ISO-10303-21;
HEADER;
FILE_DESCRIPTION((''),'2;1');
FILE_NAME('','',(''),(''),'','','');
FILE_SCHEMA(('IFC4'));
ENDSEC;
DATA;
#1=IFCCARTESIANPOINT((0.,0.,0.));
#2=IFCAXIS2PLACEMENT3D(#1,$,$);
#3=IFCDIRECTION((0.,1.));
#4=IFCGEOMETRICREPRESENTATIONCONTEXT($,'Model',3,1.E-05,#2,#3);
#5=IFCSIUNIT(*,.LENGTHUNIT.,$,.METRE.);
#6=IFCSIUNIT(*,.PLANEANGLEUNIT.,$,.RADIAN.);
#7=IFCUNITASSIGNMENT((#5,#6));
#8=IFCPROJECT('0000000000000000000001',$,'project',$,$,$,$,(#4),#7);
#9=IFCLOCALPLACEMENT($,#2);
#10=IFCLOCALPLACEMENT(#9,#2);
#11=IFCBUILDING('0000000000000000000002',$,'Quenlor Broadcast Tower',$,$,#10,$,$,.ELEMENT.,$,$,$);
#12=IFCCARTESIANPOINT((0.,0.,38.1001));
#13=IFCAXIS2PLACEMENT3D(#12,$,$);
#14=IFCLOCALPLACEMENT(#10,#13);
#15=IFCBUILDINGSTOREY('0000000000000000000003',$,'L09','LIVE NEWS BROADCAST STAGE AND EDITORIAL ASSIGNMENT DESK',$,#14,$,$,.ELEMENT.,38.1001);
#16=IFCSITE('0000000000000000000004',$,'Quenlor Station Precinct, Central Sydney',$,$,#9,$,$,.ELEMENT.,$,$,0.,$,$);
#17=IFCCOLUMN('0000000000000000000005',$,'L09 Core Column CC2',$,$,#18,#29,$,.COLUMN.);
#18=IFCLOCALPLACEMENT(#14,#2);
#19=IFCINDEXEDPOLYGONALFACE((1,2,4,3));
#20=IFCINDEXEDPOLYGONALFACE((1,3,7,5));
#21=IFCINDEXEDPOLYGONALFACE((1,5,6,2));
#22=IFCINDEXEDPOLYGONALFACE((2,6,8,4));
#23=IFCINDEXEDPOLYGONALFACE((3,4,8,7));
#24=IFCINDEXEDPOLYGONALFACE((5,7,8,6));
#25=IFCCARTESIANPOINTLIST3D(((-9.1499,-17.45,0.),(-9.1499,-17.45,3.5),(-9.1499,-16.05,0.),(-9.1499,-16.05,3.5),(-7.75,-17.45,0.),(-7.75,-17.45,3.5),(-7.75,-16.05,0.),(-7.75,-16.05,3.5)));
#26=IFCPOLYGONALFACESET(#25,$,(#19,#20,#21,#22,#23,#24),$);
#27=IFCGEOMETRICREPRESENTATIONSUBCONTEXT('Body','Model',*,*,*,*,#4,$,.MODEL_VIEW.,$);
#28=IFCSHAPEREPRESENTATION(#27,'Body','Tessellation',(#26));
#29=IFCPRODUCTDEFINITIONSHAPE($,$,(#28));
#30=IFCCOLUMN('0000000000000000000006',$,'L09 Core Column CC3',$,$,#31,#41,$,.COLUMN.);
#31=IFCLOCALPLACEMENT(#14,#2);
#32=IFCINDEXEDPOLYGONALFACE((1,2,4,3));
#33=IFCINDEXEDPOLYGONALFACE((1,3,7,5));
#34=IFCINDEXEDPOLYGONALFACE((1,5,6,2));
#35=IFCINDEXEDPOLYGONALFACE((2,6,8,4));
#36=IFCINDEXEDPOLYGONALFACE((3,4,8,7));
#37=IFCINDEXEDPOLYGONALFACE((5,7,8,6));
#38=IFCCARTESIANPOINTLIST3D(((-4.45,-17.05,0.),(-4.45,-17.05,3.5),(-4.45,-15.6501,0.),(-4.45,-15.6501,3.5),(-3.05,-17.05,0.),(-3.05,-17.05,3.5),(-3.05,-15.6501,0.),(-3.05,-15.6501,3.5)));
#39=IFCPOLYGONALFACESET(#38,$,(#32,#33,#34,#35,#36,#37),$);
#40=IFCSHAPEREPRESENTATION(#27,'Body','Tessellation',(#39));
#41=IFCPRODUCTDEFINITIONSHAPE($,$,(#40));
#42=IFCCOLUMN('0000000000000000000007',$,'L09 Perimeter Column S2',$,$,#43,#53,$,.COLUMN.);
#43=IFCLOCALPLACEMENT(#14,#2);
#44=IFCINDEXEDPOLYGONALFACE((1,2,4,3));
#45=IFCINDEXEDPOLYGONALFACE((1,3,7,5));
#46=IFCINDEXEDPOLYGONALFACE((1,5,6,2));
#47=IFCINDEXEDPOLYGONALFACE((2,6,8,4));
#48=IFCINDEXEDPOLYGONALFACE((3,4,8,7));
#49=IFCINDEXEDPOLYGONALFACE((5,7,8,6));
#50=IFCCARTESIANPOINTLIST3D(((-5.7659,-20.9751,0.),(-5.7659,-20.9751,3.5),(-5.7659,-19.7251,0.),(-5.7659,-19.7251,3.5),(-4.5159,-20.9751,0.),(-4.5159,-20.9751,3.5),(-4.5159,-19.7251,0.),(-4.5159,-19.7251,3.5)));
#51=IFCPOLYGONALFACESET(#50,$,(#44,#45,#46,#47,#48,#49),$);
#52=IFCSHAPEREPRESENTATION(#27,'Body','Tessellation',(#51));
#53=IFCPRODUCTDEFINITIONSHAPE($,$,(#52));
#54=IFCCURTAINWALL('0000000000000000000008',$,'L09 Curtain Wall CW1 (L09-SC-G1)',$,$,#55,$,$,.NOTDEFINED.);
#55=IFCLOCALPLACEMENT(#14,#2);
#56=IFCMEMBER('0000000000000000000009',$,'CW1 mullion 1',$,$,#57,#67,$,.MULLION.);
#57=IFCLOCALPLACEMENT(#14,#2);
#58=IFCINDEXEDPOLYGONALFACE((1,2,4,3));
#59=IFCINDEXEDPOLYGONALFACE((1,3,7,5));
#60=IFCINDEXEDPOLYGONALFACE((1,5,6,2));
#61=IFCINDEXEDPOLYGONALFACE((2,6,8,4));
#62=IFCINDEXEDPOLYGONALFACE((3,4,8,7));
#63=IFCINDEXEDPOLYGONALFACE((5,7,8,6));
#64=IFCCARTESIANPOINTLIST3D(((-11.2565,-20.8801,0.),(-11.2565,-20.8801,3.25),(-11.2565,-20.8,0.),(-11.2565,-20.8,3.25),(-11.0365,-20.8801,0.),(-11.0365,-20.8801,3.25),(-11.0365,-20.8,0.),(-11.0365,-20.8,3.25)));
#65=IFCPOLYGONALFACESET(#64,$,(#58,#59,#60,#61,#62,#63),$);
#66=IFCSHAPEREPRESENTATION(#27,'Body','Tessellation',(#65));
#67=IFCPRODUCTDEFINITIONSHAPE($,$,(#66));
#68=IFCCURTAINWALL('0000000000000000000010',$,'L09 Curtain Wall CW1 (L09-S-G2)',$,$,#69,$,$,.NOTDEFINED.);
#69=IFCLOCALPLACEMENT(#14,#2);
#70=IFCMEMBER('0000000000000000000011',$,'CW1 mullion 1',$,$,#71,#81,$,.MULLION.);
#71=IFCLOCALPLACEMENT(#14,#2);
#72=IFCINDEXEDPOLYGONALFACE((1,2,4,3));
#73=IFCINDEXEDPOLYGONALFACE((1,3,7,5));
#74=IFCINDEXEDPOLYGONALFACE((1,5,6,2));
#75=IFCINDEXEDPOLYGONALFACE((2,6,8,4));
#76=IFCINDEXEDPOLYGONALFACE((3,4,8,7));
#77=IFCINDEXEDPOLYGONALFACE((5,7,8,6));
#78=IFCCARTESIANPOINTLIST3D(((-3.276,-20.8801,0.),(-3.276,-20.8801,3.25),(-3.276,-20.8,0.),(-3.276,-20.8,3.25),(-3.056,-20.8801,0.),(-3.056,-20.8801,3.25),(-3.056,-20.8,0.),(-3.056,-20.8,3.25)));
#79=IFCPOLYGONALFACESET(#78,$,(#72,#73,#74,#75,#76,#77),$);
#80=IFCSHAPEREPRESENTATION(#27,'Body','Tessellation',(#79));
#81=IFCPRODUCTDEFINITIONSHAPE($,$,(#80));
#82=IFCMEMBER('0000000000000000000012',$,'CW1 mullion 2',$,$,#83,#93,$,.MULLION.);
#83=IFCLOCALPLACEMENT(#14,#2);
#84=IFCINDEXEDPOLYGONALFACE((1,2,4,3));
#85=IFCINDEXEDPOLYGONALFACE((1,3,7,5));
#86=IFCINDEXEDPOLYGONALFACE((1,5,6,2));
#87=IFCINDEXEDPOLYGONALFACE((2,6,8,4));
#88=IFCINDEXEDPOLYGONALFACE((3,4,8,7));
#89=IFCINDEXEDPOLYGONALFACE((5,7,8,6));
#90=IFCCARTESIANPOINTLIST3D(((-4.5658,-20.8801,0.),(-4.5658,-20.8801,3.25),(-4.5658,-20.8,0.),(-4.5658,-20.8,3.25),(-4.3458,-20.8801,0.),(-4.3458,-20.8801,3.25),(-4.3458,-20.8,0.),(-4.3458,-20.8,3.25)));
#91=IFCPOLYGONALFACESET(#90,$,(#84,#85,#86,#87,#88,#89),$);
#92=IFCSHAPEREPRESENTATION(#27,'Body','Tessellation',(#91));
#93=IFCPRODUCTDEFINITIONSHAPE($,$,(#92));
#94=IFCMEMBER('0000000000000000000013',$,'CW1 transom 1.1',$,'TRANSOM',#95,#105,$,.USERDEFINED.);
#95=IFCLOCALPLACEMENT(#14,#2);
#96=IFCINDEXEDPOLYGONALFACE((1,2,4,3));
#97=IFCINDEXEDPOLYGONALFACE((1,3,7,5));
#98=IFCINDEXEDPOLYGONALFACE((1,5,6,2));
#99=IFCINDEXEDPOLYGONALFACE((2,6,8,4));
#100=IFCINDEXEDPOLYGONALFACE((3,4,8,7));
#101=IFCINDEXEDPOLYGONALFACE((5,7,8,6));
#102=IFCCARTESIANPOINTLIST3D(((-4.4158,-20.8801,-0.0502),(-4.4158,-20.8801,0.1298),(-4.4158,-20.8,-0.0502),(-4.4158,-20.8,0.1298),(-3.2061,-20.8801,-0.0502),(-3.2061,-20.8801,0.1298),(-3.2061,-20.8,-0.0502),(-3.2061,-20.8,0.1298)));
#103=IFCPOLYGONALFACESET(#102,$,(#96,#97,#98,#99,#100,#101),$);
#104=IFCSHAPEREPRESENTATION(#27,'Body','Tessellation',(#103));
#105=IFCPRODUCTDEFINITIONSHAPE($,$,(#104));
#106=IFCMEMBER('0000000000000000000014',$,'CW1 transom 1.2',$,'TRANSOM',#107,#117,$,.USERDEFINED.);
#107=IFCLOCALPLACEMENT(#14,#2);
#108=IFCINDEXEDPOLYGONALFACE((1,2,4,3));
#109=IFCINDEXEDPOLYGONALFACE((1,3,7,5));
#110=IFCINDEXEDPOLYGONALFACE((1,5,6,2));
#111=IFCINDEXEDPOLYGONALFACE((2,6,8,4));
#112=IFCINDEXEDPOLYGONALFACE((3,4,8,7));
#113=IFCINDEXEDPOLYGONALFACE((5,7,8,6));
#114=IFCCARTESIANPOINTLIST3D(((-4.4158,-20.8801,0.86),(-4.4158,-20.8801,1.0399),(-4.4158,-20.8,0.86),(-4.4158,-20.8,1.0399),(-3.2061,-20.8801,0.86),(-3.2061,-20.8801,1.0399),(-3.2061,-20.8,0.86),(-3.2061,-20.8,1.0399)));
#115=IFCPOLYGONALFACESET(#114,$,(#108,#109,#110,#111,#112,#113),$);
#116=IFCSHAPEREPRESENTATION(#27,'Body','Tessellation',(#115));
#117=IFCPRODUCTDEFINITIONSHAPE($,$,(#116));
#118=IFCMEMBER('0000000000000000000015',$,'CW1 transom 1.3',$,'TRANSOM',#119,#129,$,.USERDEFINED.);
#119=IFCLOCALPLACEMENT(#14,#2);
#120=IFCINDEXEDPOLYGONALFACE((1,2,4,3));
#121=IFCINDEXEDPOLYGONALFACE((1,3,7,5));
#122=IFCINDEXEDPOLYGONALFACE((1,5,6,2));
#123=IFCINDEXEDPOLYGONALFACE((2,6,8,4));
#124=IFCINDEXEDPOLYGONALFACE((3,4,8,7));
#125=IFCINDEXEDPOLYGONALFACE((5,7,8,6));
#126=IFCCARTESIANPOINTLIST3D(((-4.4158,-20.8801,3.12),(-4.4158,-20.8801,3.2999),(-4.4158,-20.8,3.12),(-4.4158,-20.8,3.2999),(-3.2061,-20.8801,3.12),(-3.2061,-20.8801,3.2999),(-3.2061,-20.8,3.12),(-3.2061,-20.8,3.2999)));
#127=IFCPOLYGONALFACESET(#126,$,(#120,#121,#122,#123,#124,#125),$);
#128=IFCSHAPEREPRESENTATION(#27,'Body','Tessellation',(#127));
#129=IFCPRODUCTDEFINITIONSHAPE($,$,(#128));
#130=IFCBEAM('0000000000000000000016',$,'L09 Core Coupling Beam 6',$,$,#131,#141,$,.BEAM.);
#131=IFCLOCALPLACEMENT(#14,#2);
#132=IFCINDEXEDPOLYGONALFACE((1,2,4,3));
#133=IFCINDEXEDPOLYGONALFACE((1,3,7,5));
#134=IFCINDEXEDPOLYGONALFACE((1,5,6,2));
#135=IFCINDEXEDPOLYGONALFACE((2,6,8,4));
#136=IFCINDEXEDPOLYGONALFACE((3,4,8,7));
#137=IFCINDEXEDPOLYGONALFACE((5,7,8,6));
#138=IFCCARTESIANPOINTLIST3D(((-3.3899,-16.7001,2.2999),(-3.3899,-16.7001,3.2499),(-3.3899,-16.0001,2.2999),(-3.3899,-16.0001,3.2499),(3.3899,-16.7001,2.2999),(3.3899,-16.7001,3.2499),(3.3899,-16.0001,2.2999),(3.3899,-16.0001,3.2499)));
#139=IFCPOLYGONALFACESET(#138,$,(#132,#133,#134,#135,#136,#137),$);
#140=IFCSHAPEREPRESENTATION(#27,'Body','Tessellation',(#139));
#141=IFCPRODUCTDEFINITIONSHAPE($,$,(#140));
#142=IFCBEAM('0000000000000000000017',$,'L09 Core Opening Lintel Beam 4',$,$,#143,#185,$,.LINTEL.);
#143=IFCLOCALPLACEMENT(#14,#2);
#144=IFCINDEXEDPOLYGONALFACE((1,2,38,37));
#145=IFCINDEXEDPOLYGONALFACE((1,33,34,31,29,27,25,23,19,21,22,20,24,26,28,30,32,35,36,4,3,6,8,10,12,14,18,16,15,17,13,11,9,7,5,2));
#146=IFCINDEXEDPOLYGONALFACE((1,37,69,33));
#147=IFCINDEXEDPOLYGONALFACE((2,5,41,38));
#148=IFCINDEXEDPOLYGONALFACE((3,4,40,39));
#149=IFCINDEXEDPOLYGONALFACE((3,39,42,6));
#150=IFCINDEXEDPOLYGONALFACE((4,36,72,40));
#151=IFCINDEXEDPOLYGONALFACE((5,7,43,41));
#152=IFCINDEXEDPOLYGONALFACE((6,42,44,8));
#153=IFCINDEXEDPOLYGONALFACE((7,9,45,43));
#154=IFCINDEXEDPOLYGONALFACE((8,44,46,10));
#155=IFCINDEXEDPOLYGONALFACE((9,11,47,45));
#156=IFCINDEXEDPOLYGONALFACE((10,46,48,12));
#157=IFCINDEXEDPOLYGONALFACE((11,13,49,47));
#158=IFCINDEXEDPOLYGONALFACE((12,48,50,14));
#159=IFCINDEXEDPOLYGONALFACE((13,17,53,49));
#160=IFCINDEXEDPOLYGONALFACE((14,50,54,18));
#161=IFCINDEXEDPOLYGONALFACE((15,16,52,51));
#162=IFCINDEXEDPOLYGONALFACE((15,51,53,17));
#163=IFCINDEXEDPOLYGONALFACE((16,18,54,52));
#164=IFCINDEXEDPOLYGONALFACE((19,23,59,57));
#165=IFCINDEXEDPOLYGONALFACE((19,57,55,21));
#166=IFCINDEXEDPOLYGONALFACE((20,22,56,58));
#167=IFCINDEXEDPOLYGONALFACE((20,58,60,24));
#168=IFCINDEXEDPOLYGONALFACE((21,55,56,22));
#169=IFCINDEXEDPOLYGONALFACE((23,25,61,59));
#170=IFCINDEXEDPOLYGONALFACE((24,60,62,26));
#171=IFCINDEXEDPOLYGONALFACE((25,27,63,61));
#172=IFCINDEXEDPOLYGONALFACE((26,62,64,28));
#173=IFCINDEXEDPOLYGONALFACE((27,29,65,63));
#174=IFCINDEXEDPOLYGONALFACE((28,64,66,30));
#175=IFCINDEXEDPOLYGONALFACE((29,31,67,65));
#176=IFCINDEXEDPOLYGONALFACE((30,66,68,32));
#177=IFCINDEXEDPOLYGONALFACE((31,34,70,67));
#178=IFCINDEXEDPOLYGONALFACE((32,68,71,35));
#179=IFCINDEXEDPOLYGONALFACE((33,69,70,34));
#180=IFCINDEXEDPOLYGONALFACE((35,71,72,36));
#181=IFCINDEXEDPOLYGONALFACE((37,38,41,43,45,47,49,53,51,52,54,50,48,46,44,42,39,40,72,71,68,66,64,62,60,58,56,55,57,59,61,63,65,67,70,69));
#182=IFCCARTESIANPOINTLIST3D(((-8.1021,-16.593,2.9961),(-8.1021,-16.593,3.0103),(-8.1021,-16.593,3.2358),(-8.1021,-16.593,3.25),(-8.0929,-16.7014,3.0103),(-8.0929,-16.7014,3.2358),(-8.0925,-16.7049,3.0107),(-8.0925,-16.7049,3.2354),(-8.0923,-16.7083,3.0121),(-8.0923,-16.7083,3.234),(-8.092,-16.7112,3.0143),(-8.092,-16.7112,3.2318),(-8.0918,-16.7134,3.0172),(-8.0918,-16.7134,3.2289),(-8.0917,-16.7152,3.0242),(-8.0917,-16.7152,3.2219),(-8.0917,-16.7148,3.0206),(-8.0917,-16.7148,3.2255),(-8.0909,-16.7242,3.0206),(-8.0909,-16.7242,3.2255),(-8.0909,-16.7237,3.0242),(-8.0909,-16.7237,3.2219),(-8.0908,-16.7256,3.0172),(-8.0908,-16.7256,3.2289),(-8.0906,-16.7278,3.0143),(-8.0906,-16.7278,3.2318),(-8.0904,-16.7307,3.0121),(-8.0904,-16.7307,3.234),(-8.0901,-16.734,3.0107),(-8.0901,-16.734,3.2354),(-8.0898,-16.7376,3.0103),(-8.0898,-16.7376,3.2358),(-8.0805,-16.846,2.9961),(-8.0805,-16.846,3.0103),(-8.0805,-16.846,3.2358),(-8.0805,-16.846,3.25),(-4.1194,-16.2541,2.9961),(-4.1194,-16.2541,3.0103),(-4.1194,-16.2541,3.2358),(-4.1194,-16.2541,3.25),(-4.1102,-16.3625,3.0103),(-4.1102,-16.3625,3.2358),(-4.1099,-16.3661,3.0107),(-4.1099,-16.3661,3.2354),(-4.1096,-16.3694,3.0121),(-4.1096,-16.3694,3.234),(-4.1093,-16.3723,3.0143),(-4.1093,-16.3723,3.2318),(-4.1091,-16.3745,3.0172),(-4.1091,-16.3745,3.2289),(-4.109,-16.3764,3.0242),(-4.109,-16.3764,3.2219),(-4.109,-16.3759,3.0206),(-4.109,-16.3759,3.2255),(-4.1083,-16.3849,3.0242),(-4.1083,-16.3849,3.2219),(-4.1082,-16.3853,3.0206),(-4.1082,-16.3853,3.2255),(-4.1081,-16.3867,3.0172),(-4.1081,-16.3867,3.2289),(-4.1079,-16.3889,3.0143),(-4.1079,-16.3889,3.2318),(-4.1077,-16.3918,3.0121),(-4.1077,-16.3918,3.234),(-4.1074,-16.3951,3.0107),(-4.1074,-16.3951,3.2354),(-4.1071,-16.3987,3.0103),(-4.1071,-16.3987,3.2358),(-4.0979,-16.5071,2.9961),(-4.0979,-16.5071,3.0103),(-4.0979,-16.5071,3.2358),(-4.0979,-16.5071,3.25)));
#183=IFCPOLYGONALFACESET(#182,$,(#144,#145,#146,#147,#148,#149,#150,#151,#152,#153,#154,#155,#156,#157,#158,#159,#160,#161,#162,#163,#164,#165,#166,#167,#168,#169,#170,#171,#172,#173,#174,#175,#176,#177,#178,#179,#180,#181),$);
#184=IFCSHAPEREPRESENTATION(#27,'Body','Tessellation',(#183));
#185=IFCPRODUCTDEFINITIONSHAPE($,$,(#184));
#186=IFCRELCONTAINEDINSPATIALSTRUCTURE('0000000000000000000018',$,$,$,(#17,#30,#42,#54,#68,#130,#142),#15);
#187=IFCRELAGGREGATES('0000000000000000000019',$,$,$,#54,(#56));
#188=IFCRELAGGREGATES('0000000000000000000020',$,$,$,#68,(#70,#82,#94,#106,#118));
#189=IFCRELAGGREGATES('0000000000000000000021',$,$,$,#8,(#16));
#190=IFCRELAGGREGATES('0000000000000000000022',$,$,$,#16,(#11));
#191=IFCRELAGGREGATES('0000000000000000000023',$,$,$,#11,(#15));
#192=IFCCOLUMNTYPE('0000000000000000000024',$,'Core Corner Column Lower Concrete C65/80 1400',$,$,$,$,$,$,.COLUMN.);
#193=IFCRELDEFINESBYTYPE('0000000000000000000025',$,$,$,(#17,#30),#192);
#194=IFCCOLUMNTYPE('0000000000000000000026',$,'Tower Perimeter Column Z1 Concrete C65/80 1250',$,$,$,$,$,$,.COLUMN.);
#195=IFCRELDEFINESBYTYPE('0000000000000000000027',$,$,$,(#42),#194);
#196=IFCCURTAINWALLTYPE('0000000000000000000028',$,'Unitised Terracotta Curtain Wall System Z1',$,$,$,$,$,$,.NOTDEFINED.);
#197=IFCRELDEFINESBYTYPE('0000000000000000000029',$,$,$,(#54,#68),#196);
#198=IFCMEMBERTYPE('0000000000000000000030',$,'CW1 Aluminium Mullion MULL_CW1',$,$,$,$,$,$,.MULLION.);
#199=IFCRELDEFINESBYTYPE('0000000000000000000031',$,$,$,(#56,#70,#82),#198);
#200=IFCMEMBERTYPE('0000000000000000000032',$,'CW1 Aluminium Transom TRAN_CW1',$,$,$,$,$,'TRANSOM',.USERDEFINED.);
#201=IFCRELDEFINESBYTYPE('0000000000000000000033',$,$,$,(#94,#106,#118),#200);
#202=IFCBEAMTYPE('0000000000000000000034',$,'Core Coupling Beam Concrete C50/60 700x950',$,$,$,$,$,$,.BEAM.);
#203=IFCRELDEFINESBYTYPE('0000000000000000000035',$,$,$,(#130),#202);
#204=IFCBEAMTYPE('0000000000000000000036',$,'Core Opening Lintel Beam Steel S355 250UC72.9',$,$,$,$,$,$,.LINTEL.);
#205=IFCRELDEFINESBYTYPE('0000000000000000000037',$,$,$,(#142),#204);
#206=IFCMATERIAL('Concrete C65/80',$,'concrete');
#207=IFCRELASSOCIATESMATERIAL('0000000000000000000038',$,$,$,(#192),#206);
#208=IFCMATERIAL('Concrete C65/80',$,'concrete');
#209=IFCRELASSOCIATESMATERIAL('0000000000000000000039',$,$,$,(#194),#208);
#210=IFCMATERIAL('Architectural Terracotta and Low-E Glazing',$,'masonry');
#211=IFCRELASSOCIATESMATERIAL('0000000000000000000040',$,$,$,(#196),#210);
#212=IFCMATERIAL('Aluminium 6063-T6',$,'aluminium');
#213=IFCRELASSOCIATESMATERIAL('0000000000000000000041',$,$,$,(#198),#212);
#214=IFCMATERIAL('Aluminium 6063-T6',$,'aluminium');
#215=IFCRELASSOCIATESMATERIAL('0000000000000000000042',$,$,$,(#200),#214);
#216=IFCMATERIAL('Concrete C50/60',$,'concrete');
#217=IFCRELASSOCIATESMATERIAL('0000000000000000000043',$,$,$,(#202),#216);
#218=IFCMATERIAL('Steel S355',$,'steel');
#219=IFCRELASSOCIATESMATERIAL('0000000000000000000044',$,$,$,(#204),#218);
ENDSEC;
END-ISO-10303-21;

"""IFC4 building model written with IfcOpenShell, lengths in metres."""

from ifc_helpers import new_model, si_unit, direction, frame, origin, origin_2d, place, context, subcontext, project, spatial, rectangle, i_section, extrude, material, material_profile, profile_set, type_object, element, aggregate, save


model = new_model("IFC4")

# Units and contexts
model_context = context("Model", 3, precision=1e-05, world=origin(), true_north=direction((0.0, 1.0)))
body_context = subcontext(model_context, "Body", "Model", "MODEL_VIEW")
ifc_project = project(units=[si_unit("LENGTHUNIT", "METRE"), si_unit("PLANEANGLEUNIT", "RADIAN")], contexts=[model_context])

# Site, building, storey
site_placement = place(None, origin())
site = spatial("IfcSite", under=ifc_project, at=site_placement, Name="Quenlor Station Precinct, Central Sydney", CompositionType="ELEMENT", RefElevation=0.0)
building_placement = place(site_placement, origin())
building = spatial("IfcBuilding", under=site, at=building_placement, Name="Quenlor Broadcast Tower", CompositionType="ELEMENT")
storey_placement = place(building_placement, frame((0.0, 0.0, 38.1001)))
storey = spatial("IfcBuildingStorey", under=building, at=storey_placement, Name="L09", Description="LIVE NEWS BROADCAST STAGE AND EDITORIAL ASSIGNMENT DESK", CompositionType="ELEMENT", Elevation=38.1001)

# Columns
ifc_material_1 = material(Name="Concrete C65/80", Category="concrete")
ifc_material_profile_1 = material_profile(ifc_material_1, rectangle(XDim=1.3999, YDim=1.3999, at=origin_2d()))
ifc_profile_set_1 = profile_set([ifc_material_profile_1], Name="Concrete C65/80 RC1400x1400")
column_type_1 = type_object("IfcColumnType", Name="Core Corner Column Lower Concrete C65/80 1400", PredefinedType="COLUMN", material=ifc_profile_set_1)
for number, where, z_axis, x_axis, name in (
    (1, (-8.45, -16.75, 0.0), (0.0, 0.0, 1.0), (1.0, 0.0, 0.0), "L09 Core Column CC2"),
    (2, (-3.75, -16.3501, 0.0), (0.0, 0.0, 1.0), (1.0, 0.0, 0.0), "L09 Core Column CC3"),
):
    element("IfcColumn", number, at=place(storey_placement, frame(where, z_axis=z_axis, x_axis=x_axis)), inside=storey, type_object=column_type_1, Name=name, PredefinedType="COLUMN", context=body_context, shape_type="SweptSolid", body=[
        extrude(rectangle(XDim=1.3999, YDim=1.3999, at=origin_2d()), origin(), (0.0, 0.0, 1.0), 3.5),
    ])
ifc_material_2 = material(Name="Concrete C65/80", Category="concrete")
ifc_material_profile_2 = material_profile(ifc_material_2, rectangle(XDim=1.25, YDim=1.25, at=origin_2d()))
ifc_profile_set_2 = profile_set([ifc_material_profile_2], Name="Concrete C65/80 RC1250x1250")
column_type_2 = type_object("IfcColumnType", Name="Tower Perimeter Column Z1 Concrete C65/80 1250", PredefinedType="COLUMN", material=ifc_profile_set_2)
column_placement = place(storey_placement, frame((-5.1409, -20.3501, 0.0), z_axis=(0.0, 0.0, 1.0), x_axis=(0.0, 1.0, 0.0)))
element("IfcColumn", 3, at=column_placement, inside=storey, type_object=column_type_2, Name="L09 Perimeter Column S2", PredefinedType="COLUMN", context=body_context, shape_type="SweptSolid", body=[
    extrude(rectangle(XDim=1.25, YDim=1.25, at=origin_2d()), origin(), (0.0, 0.0, 1.0), 3.5),
])

# Curtain wall, member
ifc_material_3 = material(Name="Architectural Terracotta and Low-E Glazing", Category="masonry")
curtain_wall_type = type_object("IfcCurtainWallType", Name="Unitised Terracotta Curtain Wall System Z1", PredefinedType="NOTDEFINED", material=ifc_material_3)
curtain_wall_1_placement = place(storey_placement, origin())
curtain_wall_1 = element("IfcCurtainWall", 4, at=curtain_wall_1_placement, inside=storey, type_object=curtain_wall_type, Name="L09 Curtain Wall CW1 (L09-SC-G1)", PredefinedType="NOTDEFINED")
ifc_material_4 = material(Name="Aluminium 6063-T6", Category="aluminium")
ifc_material_profile_3 = material_profile(ifc_material_4, rectangle(XDim=0.0801, YDim=0.22, at=origin_2d()))
ifc_profile_set_3 = profile_set([ifc_material_profile_3], Name="Aluminium 6063-T6 MULL80x220")
member_type_1 = type_object("IfcMemberType", Name="CW1 Aluminium Mullion MULL_CW1", PredefinedType="MULLION", material=ifc_profile_set_3)
member_1_placement = place(storey_placement, frame((-11.1465, -20.8401, 0.0), z_axis=(0.0, 0.0, 1.0), x_axis=(0.0, -1.0, 0.0)))
member_1 = element("IfcMember", 5, at=member_1_placement, type_object=member_type_1, Name="CW1 mullion 1", PredefinedType="MULLION", context=body_context, shape_type="SweptSolid", body=[
    extrude(rectangle(XDim=0.0801, YDim=0.22, at=origin_2d()), origin(), (0.0, 0.0, 1.0), 3.25),
])
aggregate(curtain_wall_1, [member_1])

# Curtain wall, members
curtain_wall_2_placement = place(storey_placement, origin())
curtain_wall_2 = element("IfcCurtainWall", 6, at=curtain_wall_2_placement, inside=storey, type_object=curtain_wall_type, Name="L09 Curtain Wall CW1 (L09-S-G2)", PredefinedType="NOTDEFINED")
member_2_placement = place(storey_placement, frame((-3.166, -20.8401, 0.0), z_axis=(0.0, 0.0, 1.0), x_axis=(0.0, -1.0, 0.0)))
member_2 = element("IfcMember", 7, at=member_2_placement, type_object=member_type_1, Name="CW1 mullion 1", PredefinedType="MULLION", context=body_context, shape_type="SweptSolid", body=[
    extrude(rectangle(XDim=0.0801, YDim=0.22, at=origin_2d()), origin(), (0.0, 0.0, 1.0), 3.25),
])
member_3_placement = place(storey_placement, frame((-4.4558, -20.8401, 0.0), z_axis=(0.0, 0.0, 1.0), x_axis=(0.0, -1.0, 0.0)))
member_3 = element("IfcMember", 8, at=member_3_placement, type_object=member_type_1, Name="CW1 mullion 2", PredefinedType="MULLION", context=body_context, shape_type="SweptSolid", body=[
    extrude(rectangle(XDim=0.0801, YDim=0.22, at=origin_2d()), origin(), (0.0, 0.0, 1.0), 3.25),
])
ifc_material_5 = material(Name="Aluminium 6063-T6", Category="aluminium")
ifc_material_profile_4 = material_profile(ifc_material_5, rectangle(XDim=0.0801, YDim=0.1799, at=origin_2d()))
ifc_profile_set_4 = profile_set([ifc_material_profile_4], Name="Aluminium 6063-T6 TRAN80x180")
member_type_2 = type_object("IfcMemberType", Name="CW1 Aluminium Transom TRAN_CW1", ElementType="TRANSOM", PredefinedType="USERDEFINED", material=ifc_profile_set_4)
member_4_placement = place(storey_placement, frame((-3.2061, -20.8401, 0.0398), z_axis=(-1.0, 0.0, 0.0), x_axis=(0.0, -1.0, 0.0)))
member_4 = element("IfcMember", 9, at=member_4_placement, type_object=member_type_2, Name="CW1 transom 1.1", ObjectType="TRANSOM", PredefinedType="USERDEFINED", context=body_context, shape_type="SweptSolid", body=[
    extrude(rectangle(XDim=0.0801, YDim=0.1799, at=origin_2d()), origin(), (0.0, 0.0, 1.0), 1.2097),
])
member_5_placement = place(storey_placement, frame((-3.2061, -20.8401, 0.95), z_axis=(-1.0, 0.0, 0.0), x_axis=(0.0, -1.0, 0.0)))
member_5 = element("IfcMember", 10, at=member_5_placement, type_object=member_type_2, Name="CW1 transom 1.2", ObjectType="TRANSOM", PredefinedType="USERDEFINED", context=body_context, shape_type="SweptSolid", body=[
    extrude(rectangle(XDim=0.0801, YDim=0.1799, at=origin_2d()), origin(), (0.0, 0.0, 1.0), 1.2097),
])
member_6_placement = place(storey_placement, frame((-3.2061, -20.8401, 3.21), z_axis=(-1.0, 0.0, 0.0), x_axis=(0.0, -1.0, 0.0)))
member_6 = element("IfcMember", 11, at=member_6_placement, type_object=member_type_2, Name="CW1 transom 1.3", ObjectType="TRANSOM", PredefinedType="USERDEFINED", context=body_context, shape_type="SweptSolid", body=[
    extrude(rectangle(XDim=0.0801, YDim=0.1799, at=origin_2d()), origin(), (0.0, 0.0, 1.0), 1.2097),
])

# Beams
ifc_material_6 = material(Name="Concrete C50/60", Category="concrete")
ifc_material_profile_5 = material_profile(ifc_material_6, rectangle(XDim=0.7, YDim=0.95, at=origin_2d()))
ifc_profile_set_5 = profile_set([ifc_material_profile_5], Name="Concrete C50/60 RCB700x950")
beam_type_1 = type_object("IfcBeamType", Name="Core Coupling Beam Concrete C50/60 700x950", PredefinedType="BEAM", material=ifc_profile_set_5)
beam_1_placement = place(storey_placement, frame((-3.3899, -16.3501, 2.7749), z_axis=(1.0, 0.0, 0.0), x_axis=(0.0, 1.0, 0.0)))
element("IfcBeam", 12, at=beam_1_placement, inside=storey, type_object=beam_type_1, Name="L09 Core Coupling Beam 6", PredefinedType="BEAM", context=body_context, shape_type="SweptSolid", body=[
    extrude(rectangle(XDim=0.7, YDim=0.95, at=origin_2d()), origin(), (0.0, 0.0, 1.0), 6.7798),
])
ifc_material_7 = material(Name="Steel S355", Category="steel")
ifc_material_profile_6 = material_profile(ifc_material_7, i_section(OverallWidth=0.2539, OverallDepth=0.2539, WebThickness=0.0085, FlangeThickness=0.0142, FilletRadius=0.0139, at=origin_2d()))
ifc_profile_set_6 = profile_set([ifc_material_profile_6], Name="Steel S355 250UC72.9")
beam_type_2 = type_object("IfcBeamType", Name="Core Opening Lintel Beam Steel S355 250UC72.9", PredefinedType="LINTEL", material=ifc_profile_set_6)
beam_2_placement = place(storey_placement, frame((-8.0913, -16.7195, 3.123), z_axis=(0.9964, 0.084779, 0.0), x_axis=(-0.084779, 0.9964, 0.0)))
element("IfcBeam", 13, at=beam_2_placement, inside=storey, type_object=beam_type_2, Name="L09 Core Opening Lintel Beam 4", PredefinedType="LINTEL", context=body_context, shape_type="SweptSolid", body=[
    extrude(i_section(OverallWidth=0.2539, OverallDepth=0.2539, WebThickness=0.0085, FlangeThickness=0.0142, FilletRadius=0.0139, at=origin_2d()), origin(), (0.0, 0.0, 1.0), 3.9971),
])

aggregate(curtain_wall_2, [member_2, member_3, member_4, member_5, member_6])

save(model, "model.ifc")
